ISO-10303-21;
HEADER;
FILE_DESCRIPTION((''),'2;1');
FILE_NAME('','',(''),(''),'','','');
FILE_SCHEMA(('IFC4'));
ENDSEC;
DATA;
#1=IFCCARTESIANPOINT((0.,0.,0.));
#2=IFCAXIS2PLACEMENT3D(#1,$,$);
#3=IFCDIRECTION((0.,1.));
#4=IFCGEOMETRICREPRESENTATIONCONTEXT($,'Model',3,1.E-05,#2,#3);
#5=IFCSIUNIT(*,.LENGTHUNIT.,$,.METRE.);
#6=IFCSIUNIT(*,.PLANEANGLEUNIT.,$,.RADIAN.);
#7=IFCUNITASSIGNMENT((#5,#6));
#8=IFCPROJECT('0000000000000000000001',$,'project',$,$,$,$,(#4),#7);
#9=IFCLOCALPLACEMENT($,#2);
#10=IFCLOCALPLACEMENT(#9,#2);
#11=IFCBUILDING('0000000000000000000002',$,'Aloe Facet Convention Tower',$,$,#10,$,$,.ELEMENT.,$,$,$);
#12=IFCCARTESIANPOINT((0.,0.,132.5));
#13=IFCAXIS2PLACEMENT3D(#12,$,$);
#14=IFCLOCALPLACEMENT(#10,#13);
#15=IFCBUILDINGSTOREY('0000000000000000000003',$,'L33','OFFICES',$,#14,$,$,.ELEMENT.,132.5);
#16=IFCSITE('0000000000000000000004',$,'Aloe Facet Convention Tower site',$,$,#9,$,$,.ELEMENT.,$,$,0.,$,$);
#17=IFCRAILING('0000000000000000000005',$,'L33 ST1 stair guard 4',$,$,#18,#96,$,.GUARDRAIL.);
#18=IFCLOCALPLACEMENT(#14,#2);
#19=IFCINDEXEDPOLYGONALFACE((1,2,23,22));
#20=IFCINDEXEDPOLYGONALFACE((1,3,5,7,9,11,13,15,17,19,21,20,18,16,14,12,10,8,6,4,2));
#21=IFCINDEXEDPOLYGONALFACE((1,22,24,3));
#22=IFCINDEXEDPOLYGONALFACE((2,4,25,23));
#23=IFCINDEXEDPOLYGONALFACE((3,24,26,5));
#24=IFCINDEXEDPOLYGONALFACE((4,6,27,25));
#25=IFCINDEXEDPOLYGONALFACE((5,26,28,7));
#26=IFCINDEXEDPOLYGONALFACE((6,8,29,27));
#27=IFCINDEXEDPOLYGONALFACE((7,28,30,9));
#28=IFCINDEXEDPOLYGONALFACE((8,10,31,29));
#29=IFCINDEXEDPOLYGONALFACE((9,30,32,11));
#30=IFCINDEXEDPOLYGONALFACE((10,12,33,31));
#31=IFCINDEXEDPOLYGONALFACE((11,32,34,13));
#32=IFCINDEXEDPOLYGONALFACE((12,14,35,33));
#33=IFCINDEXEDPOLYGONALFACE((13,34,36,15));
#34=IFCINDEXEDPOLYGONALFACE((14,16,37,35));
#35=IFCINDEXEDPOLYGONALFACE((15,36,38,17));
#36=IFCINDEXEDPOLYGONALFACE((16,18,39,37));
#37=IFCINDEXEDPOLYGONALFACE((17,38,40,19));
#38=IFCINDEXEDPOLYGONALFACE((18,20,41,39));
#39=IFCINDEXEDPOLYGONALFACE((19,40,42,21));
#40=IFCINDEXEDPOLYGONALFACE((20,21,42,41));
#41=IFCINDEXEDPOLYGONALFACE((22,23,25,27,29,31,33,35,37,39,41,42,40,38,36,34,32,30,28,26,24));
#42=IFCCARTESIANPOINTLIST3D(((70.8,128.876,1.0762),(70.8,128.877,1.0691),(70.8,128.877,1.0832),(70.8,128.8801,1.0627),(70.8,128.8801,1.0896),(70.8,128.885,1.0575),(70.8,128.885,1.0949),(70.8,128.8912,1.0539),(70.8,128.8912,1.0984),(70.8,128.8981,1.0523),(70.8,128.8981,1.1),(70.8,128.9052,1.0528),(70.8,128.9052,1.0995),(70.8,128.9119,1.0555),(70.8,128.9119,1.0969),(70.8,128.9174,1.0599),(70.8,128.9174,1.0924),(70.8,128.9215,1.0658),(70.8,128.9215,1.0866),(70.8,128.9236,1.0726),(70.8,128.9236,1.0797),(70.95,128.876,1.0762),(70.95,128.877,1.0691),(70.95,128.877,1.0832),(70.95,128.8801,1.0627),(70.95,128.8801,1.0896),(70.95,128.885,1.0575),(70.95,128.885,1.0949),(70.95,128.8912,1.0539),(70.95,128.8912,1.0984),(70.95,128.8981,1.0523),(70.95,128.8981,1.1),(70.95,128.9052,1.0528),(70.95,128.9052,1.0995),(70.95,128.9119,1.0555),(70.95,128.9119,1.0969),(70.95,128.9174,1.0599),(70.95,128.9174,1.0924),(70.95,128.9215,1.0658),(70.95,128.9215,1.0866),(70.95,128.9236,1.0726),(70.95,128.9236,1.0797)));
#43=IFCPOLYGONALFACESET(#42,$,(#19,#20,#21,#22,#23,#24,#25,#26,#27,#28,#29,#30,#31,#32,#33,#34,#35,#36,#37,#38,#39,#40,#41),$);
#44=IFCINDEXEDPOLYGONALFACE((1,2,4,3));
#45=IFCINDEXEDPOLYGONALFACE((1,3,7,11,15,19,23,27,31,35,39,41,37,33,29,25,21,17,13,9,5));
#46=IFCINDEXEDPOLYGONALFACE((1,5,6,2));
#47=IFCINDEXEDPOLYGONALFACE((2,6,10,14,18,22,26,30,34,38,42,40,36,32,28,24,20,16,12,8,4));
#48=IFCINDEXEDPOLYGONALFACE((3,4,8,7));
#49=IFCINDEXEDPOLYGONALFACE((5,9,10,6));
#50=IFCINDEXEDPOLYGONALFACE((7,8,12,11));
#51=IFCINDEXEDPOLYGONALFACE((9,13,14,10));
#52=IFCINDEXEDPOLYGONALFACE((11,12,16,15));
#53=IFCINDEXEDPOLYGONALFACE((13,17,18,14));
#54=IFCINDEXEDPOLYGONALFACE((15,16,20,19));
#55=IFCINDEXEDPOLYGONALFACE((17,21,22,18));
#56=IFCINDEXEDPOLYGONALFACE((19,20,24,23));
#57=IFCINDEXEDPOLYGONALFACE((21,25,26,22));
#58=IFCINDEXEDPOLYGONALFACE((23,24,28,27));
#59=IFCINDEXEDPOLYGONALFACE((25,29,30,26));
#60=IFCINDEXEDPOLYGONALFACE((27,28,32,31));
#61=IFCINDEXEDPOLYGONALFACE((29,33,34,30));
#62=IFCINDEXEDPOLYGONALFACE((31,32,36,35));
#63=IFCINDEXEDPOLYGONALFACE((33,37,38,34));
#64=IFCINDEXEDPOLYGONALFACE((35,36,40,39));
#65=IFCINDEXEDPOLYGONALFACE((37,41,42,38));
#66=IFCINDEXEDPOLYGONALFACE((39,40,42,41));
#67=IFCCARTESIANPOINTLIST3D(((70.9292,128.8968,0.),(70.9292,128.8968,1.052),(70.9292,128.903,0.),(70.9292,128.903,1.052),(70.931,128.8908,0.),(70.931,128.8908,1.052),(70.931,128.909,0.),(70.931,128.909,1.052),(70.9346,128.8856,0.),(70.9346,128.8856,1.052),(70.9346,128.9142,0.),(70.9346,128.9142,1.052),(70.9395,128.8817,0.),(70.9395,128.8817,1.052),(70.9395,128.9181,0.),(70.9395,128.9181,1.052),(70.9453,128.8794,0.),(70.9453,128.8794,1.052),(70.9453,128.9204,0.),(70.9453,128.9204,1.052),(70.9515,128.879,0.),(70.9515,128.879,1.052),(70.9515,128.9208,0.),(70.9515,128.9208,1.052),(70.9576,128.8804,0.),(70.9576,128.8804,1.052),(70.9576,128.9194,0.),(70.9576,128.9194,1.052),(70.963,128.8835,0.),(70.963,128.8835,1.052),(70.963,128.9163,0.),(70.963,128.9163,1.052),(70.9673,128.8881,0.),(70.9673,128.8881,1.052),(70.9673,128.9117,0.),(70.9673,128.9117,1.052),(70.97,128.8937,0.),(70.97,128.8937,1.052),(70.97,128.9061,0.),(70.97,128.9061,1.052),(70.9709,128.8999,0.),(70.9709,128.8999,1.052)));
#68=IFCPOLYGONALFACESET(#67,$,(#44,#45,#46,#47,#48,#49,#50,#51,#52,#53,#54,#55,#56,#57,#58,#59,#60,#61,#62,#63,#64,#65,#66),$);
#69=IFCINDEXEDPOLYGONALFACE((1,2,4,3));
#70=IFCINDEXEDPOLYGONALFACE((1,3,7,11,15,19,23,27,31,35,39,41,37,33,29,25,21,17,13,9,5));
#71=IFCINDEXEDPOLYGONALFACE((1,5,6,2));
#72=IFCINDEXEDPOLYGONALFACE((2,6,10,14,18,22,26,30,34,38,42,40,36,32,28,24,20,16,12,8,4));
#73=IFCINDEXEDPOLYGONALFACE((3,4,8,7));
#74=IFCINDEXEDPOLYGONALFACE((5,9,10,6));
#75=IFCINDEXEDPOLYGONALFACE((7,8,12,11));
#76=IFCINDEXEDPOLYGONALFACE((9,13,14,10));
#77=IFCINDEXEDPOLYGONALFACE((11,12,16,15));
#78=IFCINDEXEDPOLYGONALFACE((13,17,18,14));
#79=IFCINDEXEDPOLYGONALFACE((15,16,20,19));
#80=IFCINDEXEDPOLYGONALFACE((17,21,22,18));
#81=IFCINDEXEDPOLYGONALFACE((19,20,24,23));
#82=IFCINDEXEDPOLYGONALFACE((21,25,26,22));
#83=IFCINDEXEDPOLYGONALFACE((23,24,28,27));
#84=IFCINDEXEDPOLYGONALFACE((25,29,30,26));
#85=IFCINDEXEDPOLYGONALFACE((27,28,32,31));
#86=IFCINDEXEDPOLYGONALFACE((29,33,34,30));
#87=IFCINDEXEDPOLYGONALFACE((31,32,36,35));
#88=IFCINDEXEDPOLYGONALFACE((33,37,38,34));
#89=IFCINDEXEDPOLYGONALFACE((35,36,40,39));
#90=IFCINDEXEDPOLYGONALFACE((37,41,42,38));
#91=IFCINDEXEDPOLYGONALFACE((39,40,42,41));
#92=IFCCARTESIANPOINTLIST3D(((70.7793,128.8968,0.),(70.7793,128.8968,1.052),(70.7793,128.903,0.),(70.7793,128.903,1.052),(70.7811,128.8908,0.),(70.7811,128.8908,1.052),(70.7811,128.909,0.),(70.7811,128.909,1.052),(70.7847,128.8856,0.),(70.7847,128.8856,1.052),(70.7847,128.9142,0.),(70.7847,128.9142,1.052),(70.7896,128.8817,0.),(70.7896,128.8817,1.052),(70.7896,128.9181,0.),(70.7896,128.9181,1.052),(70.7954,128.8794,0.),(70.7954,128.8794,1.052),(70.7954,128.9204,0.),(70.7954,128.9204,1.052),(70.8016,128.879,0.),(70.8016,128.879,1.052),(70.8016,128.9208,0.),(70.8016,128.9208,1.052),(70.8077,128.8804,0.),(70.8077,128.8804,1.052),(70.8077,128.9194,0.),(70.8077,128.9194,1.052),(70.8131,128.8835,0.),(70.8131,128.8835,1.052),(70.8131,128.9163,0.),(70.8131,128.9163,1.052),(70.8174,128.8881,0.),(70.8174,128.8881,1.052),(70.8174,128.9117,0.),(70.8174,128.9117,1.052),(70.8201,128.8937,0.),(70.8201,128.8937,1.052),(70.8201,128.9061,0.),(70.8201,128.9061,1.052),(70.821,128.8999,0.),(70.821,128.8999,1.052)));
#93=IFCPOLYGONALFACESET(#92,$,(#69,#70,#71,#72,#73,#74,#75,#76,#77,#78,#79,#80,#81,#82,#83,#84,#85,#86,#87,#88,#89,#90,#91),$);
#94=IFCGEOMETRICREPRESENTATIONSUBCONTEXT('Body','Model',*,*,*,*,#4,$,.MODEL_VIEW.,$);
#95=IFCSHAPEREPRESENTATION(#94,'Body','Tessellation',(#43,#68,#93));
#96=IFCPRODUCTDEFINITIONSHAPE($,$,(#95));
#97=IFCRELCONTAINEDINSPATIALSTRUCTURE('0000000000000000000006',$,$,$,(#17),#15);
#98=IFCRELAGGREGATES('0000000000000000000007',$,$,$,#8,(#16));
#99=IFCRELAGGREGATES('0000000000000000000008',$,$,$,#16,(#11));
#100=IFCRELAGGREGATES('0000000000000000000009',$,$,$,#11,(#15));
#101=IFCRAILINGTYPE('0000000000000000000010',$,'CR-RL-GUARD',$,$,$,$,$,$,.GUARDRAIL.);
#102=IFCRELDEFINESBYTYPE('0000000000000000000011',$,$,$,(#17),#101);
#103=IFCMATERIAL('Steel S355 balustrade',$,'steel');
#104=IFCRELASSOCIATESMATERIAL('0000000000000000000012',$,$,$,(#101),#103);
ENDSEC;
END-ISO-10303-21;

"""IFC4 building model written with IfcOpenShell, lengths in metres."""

from ifc_helpers import new_model, si_unit, direction, frame, origin, origin_2d, place, context, subcontext, project, spatial, circle, extrude, material, type_object, element, save


model = new_model("IFC4")

# Units and contexts
model_context = context("Model", 3, precision=1e-05, world=origin(), true_north=direction((0.0, 1.0)))
body_context = subcontext(model_context, "Body", "Model", "MODEL_VIEW")
ifc_project = project(units=[si_unit("LENGTHUNIT", "METRE"), si_unit("PLANEANGLEUNIT", "RADIAN")], contexts=[model_context])

# Site, building, storey
site_placement = place(None, origin())
site = spatial("IfcSite", under=ifc_project, at=site_placement, Name="Aloe Facet Convention Tower site", CompositionType="ELEMENT", RefElevation=0.0)
building_placement = place(site_placement, origin())
building = spatial("IfcBuilding", under=site, at=building_placement, Name="Aloe Facet Convention Tower", CompositionType="ELEMENT")
storey_placement = place(building_placement, frame((0.0, 0.0, 132.5)))
storey = spatial("IfcBuildingStorey", under=building, at=storey_placement, Name="L33", Description="OFFICES", CompositionType="ELEMENT", Elevation=132.5)

# Railing
ifc_material_1 = material(Name="Steel S355 balustrade", Category="steel")
railing_type_1 = type_object("IfcRailingType", Name="CR-RL-GUARD", PredefinedType="GUARDRAIL", material=ifc_material_1)
railing_1_placement = place(storey_placement, frame((70.95, 128.8999, 0.0)))
element("IfcRailing", 1, at=railing_1_placement, inside=storey, type_object=railing_type_1, Name="L33 ST1 stair guard 4", PredefinedType="GUARDRAIL", context=body_context, shape_type="SweptSolid", body=[
    extrude(circle(Radius=0.0239, at=origin_2d()), frame((0.0, 0.0, 1.0762), z_axis=(-1.0, 0.0, 0.0), x_axis=(0.0, -1.0, 0.0)), (0.0, 0.0, 1.0), 0.1499),
    extrude(circle(Radius=0.021, at=origin_2d()), origin(), (0.0, 0.0, 1.0), 1.052),
    extrude(circle(Radius=0.021, at=origin_2d()), frame((-0.1499, 0.0, 0.0)), (0.0, 0.0, 1.0), 1.052),
])

save(model, "model.ifc")
